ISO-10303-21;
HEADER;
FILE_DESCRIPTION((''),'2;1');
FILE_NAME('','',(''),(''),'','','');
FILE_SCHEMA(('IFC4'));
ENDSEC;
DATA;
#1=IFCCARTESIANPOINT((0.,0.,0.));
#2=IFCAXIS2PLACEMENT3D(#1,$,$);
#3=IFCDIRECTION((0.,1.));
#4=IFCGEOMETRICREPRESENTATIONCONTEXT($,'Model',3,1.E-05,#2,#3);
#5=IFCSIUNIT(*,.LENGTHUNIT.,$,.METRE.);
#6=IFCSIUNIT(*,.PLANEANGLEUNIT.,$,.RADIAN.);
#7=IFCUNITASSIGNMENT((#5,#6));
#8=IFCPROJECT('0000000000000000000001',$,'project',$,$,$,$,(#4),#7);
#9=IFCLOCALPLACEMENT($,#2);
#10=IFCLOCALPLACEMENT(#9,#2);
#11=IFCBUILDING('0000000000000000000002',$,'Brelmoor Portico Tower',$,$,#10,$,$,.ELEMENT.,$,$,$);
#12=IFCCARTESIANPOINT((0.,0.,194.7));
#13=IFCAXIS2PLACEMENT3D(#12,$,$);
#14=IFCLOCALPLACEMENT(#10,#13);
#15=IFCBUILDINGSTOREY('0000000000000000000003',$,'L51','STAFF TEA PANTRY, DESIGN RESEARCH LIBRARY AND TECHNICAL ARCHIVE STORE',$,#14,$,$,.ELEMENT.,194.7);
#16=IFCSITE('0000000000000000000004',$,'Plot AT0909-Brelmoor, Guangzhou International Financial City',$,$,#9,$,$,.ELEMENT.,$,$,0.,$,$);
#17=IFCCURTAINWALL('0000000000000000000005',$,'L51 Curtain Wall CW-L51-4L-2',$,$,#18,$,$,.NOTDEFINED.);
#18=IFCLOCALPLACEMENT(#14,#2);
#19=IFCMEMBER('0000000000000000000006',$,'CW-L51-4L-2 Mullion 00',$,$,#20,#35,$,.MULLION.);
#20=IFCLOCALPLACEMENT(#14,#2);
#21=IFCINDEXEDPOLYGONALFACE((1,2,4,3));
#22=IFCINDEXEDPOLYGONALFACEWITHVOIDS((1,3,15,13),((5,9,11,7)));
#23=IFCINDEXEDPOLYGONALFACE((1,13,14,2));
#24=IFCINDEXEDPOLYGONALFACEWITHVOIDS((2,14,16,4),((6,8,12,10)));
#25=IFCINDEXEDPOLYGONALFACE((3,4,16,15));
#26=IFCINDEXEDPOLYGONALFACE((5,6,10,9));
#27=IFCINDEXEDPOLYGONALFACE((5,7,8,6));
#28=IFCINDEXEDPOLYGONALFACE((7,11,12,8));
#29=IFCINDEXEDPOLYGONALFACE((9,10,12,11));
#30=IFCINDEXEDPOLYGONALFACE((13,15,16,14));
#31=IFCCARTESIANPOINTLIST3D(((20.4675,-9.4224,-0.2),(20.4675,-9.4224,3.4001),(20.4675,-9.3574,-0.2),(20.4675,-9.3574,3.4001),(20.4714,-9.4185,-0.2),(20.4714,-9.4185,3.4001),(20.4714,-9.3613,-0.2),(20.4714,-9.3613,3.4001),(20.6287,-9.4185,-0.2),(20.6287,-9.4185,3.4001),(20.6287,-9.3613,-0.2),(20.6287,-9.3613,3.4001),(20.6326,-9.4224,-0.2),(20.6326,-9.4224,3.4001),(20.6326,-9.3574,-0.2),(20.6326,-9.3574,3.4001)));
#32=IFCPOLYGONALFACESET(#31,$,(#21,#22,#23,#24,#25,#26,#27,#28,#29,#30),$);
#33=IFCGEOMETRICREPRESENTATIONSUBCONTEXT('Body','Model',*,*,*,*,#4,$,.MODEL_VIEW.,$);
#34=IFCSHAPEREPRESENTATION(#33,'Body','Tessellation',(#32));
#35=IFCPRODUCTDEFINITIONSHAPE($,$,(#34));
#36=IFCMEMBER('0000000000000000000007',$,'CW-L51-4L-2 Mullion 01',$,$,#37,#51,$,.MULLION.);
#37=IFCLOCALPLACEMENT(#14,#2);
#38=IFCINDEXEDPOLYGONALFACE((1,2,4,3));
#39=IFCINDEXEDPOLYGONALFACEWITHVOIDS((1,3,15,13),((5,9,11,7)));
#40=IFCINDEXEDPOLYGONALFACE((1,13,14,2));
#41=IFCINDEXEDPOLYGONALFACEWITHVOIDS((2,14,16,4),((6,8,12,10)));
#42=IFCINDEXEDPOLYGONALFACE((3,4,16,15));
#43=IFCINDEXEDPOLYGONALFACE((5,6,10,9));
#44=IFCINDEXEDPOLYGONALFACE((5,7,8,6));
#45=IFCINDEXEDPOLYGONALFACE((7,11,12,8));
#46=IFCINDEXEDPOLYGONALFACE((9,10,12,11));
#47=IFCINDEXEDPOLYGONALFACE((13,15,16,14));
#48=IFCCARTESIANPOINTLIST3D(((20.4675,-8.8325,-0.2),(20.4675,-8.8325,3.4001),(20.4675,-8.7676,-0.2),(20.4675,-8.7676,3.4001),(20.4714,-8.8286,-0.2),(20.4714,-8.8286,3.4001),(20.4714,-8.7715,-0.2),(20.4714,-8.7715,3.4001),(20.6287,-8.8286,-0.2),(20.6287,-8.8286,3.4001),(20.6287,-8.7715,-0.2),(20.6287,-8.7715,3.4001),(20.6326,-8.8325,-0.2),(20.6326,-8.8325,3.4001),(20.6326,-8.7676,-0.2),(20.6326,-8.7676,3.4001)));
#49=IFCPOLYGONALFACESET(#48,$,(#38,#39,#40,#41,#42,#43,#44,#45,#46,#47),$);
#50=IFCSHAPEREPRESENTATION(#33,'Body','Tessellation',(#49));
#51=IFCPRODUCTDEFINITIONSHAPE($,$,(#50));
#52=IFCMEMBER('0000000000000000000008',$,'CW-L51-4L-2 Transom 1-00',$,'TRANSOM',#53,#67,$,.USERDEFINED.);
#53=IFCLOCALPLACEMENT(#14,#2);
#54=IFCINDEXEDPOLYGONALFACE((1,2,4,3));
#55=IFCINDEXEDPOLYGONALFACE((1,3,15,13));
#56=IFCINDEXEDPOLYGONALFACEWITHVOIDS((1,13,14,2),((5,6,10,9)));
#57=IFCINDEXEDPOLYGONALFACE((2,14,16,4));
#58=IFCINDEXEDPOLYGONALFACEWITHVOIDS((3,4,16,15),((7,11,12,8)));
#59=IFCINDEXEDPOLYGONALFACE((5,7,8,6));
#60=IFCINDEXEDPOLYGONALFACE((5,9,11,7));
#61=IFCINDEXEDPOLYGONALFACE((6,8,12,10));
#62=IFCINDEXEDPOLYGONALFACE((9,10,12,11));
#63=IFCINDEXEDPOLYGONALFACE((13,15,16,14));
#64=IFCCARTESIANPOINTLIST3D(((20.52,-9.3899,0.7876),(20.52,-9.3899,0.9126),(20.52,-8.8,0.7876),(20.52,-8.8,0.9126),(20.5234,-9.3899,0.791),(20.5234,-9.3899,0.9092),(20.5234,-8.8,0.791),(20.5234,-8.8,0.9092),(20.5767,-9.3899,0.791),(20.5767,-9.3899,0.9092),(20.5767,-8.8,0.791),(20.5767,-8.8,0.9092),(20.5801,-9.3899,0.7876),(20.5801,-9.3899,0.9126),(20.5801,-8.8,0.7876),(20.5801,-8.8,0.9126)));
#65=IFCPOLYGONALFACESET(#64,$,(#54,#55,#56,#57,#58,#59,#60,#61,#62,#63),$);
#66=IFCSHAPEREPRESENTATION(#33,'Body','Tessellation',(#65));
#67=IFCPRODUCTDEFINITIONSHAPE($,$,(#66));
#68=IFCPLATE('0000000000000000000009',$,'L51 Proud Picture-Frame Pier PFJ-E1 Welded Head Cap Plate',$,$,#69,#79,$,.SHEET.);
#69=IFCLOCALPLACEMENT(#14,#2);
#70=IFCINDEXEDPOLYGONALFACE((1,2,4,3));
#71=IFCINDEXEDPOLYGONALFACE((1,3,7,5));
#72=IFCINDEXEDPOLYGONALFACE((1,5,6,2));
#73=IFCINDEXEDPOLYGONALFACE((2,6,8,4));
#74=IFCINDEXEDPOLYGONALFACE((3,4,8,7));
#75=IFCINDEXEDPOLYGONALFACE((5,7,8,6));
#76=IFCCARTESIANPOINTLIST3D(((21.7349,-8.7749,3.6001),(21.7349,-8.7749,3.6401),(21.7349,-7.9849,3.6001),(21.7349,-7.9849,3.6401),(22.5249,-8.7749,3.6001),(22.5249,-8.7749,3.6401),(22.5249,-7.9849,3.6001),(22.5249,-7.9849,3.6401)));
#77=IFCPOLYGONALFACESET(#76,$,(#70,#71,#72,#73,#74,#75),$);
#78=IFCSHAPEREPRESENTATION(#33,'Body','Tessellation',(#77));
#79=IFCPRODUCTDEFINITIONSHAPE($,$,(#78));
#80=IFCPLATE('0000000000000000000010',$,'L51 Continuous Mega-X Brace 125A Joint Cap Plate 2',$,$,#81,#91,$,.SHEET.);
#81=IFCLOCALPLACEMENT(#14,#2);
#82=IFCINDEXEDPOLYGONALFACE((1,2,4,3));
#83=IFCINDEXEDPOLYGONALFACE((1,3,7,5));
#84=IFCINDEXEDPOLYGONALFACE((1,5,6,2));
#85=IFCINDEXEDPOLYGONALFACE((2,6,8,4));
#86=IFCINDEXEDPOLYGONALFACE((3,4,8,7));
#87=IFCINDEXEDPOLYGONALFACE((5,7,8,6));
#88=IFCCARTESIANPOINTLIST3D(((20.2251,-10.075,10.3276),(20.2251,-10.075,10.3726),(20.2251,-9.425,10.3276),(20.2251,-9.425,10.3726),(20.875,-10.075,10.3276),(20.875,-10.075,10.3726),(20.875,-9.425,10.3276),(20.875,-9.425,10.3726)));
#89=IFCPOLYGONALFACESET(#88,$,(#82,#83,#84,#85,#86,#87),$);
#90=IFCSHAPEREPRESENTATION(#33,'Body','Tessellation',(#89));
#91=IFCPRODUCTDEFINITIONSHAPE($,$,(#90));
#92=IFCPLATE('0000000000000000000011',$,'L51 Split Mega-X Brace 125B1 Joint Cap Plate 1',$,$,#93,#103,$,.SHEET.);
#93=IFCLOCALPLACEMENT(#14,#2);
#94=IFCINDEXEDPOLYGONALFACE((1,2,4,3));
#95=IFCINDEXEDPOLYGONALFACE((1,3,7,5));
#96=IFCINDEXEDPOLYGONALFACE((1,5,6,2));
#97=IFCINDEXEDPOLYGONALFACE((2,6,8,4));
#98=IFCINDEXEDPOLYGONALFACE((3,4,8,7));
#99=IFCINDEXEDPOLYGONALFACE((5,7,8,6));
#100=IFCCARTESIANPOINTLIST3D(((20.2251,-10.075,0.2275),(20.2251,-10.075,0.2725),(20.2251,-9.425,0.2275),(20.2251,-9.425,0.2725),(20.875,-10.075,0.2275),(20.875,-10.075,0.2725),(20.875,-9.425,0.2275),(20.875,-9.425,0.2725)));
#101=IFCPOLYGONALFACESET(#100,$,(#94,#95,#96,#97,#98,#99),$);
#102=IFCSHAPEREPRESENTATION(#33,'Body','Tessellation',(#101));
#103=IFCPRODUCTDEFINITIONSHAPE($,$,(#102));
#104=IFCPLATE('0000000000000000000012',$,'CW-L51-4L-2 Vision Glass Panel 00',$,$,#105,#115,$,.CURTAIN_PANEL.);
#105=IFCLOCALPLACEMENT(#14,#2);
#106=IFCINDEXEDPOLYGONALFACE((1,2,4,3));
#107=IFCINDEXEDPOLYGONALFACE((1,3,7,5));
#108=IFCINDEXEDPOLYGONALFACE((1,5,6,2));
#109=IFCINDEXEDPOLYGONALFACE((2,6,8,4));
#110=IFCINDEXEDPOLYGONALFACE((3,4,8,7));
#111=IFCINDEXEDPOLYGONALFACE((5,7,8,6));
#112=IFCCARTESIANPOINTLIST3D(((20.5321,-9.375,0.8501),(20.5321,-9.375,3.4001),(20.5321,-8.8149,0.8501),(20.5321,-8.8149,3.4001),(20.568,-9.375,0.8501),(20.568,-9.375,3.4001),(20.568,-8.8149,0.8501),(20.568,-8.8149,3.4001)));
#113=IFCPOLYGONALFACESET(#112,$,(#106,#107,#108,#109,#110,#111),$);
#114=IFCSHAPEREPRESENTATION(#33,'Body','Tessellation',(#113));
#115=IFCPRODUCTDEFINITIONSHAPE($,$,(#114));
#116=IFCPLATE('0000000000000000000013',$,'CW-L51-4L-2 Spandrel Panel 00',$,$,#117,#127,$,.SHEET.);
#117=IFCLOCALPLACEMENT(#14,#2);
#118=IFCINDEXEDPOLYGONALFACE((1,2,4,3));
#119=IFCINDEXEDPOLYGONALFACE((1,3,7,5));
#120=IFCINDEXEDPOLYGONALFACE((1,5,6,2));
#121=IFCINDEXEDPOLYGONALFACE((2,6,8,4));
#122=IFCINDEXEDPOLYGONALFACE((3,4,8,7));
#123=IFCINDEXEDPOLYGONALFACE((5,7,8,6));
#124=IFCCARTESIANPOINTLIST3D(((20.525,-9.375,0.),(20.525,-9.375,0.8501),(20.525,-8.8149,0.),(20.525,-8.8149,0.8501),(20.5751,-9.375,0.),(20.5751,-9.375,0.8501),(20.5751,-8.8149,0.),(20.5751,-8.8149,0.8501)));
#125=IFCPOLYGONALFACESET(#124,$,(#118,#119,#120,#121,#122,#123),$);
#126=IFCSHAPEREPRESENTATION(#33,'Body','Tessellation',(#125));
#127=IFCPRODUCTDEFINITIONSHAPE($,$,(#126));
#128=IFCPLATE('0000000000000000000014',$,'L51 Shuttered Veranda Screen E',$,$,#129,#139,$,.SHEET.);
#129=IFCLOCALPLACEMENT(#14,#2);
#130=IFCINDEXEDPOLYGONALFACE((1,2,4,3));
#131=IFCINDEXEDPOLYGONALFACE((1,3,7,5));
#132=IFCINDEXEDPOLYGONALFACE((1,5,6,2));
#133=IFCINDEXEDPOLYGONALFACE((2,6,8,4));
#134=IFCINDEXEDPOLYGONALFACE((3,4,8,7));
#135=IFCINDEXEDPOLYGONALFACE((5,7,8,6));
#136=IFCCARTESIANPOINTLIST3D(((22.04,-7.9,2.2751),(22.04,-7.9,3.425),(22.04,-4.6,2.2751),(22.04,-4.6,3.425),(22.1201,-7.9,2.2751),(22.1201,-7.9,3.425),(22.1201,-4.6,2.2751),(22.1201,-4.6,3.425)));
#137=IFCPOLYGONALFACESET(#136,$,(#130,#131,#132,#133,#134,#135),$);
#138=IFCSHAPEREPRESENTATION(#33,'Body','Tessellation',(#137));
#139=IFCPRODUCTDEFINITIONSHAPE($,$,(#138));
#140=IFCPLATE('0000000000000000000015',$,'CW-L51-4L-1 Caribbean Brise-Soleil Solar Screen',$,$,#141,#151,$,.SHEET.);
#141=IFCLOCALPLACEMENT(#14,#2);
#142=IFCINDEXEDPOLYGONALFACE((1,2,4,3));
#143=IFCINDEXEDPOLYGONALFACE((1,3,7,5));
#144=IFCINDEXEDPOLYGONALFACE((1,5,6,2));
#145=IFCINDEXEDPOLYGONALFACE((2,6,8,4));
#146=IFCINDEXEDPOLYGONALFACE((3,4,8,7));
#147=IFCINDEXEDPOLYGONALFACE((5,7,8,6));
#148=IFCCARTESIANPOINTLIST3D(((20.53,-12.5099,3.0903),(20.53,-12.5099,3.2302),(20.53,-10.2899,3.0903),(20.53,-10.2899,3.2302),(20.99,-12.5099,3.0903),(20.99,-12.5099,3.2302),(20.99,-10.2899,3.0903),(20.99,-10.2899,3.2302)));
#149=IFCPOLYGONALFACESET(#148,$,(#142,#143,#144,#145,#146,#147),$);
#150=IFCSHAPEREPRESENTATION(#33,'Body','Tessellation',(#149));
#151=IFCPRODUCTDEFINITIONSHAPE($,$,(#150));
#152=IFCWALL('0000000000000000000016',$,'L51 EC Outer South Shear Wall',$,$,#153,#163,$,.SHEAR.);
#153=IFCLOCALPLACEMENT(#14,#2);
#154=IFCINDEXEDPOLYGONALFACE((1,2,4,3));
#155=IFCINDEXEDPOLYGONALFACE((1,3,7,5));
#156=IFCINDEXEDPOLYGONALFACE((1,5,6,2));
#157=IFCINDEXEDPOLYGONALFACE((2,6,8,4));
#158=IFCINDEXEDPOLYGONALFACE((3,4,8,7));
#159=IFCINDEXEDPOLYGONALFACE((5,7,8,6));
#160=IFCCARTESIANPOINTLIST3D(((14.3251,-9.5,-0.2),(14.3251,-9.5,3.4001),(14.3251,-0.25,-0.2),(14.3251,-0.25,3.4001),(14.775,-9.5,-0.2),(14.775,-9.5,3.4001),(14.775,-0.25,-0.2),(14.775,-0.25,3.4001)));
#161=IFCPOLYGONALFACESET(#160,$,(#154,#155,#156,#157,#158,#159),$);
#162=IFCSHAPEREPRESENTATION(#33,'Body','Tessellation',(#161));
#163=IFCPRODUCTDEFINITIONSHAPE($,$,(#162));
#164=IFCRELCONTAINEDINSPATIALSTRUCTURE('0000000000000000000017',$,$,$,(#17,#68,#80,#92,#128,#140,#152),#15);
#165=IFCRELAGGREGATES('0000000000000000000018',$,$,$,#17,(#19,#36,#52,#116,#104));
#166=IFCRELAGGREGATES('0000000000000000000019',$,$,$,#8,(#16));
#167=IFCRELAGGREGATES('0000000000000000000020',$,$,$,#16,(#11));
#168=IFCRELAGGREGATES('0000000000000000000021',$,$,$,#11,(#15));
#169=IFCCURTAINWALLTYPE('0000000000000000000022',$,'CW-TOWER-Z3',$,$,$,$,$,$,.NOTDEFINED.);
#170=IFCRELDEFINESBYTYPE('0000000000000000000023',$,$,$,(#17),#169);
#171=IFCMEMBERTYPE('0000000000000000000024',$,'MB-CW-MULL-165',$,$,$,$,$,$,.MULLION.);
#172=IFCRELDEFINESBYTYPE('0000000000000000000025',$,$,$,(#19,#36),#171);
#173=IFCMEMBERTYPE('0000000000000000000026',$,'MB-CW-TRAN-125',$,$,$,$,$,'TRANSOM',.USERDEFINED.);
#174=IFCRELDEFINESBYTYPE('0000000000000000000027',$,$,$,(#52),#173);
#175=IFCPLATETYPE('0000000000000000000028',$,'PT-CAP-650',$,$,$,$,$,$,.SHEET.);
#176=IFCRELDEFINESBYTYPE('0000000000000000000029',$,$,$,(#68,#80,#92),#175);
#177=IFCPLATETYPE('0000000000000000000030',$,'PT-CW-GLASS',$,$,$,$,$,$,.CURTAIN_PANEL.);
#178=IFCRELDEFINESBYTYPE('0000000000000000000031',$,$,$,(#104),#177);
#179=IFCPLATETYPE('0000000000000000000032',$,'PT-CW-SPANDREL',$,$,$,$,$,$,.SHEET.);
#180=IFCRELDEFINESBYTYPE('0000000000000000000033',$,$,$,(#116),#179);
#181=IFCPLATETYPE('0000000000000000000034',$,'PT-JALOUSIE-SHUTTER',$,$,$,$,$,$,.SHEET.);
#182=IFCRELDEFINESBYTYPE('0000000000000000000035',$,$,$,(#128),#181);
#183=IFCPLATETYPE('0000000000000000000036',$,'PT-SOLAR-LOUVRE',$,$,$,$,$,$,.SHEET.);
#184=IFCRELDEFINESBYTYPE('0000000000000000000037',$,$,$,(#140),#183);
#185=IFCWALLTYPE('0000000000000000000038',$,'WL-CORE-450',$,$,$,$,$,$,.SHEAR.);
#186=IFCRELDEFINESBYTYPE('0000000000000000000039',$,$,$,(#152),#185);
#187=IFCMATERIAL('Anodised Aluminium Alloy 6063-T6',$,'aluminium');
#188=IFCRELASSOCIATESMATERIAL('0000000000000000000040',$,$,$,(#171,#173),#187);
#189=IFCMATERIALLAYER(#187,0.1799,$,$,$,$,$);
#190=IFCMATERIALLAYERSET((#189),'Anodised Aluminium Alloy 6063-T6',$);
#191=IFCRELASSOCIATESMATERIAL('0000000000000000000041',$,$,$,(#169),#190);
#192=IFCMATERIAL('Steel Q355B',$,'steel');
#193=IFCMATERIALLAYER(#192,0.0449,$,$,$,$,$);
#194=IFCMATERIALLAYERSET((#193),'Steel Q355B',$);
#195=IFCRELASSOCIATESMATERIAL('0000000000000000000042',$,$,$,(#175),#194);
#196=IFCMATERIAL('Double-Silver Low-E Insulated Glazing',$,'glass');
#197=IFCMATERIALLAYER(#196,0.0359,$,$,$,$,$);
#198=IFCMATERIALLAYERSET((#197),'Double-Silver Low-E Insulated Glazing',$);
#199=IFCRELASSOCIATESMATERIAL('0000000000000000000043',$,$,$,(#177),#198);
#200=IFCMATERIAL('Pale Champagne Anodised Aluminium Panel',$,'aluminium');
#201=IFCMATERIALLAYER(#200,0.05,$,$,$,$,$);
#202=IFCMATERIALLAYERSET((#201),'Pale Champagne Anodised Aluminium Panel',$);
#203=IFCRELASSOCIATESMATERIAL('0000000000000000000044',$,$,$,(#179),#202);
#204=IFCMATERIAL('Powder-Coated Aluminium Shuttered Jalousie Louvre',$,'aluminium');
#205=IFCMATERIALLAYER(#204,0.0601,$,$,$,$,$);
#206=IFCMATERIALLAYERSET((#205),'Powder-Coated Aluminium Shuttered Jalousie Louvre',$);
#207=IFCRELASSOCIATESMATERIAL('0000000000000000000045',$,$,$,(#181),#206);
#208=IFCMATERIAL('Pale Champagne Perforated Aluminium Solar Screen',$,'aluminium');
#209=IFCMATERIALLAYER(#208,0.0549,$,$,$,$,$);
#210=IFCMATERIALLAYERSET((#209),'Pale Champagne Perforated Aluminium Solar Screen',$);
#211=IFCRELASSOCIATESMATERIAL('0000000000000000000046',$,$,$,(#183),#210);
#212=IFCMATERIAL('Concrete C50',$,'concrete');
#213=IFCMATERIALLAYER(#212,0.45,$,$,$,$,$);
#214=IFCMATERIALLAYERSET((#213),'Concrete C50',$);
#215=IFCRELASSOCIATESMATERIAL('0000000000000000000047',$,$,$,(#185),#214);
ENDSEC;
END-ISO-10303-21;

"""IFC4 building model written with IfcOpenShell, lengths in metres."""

from ifc_helpers import new_model, si_unit, direction, frame, frame_2d, origin, origin_2d, place, context, subcontext, project, spatial, rectangle, hollow_rectangle, extrude, material, layer, layer_set, material_profile, profile_set, type_object, element, aggregate, save


model = new_model("IFC4")

# Units and contexts
model_context = context("Model", 3, precision=1e-05, world=origin(), true_north=direction((0.0, 1.0)))
body_context = subcontext(model_context, "Body", "Model", "MODEL_VIEW")
ifc_project = project(units=[si_unit("LENGTHUNIT", "METRE"), si_unit("PLANEANGLEUNIT", "RADIAN")], contexts=[model_context])

# Site, building, storey
site_placement = place(None, origin())
site = spatial("IfcSite", under=ifc_project, at=site_placement, Name="Plot AT0909-Brelmoor, Guangzhou International Financial City", CompositionType="ELEMENT", RefElevation=0.0)
building_placement = place(site_placement, origin())
building = spatial("IfcBuilding", under=site, at=building_placement, Name="Brelmoor Portico Tower", CompositionType="ELEMENT")
storey_placement = place(building_placement, frame((0.0, 0.0, 194.7)))
storey = spatial("IfcBuildingStorey", under=building, at=storey_placement, Name="L51", Description="STAFF TEA PANTRY, DESIGN RESEARCH LIBRARY AND TECHNICAL ARCHIVE STORE", CompositionType="ELEMENT", Elevation=194.7)

# Shared definitions
ifc_material_1 = material(Name="Steel Q355B", Category="steel")

# Shared definitions
ifc_material_2 = material(Name="Anodised Aluminium Alloy 6063-T6", Category="aluminium")
ifc_material_profile_1 = material_profile(ifc_material_2, hollow_rectangle(XDim=0.0649, YDim=0.165, WallThickness=0.0039, at=origin_2d()), Name="ALU MULLION 65x165")
ifc_profile_set_1 = profile_set([ifc_material_profile_1], Name="Anodised Aluminium Alloy 6063-T6")
member_type_1 = type_object("IfcMemberType", Name="MB-CW-MULL-165", PredefinedType="MULLION", material=ifc_profile_set_1)

# Curtain wall, members
ifc_layer_1 = layer(ifc_material_2, 0.1799)
ifc_layer_set_1 = layer_set([ifc_layer_1], Name="Anodised Aluminium Alloy 6063-T6")
curtain_wall_type_1 = type_object("IfcCurtainWallType", Name="CW-TOWER-Z3", PredefinedType="NOTDEFINED", material=ifc_layer_set_1)
curtain_wall_1_placement = place(storey_placement, origin())
curtain_wall_1 = element("IfcCurtainWall", 1, at=curtain_wall_1_placement, inside=storey, type_object=curtain_wall_type_1, Name="L51 Curtain Wall CW-L51-4L-2", PredefinedType="NOTDEFINED")
member_1_placement = place(storey_placement, frame((20.55, -9.3899, -0.2), z_axis=(0.0, 0.0, 1.0), x_axis=(0.0, 1.0, 0.0)))
member_1 = element("IfcMember", 2, at=member_1_placement, type_object=member_type_1, Name="CW-L51-4L-2 Mullion 00", PredefinedType="MULLION", context=body_context, shape_type="SweptSolid", body=[
    extrude(hollow_rectangle(XDim=0.0649, YDim=0.165, WallThickness=0.0039, at=origin_2d()), origin(), (0.0, 0.0, 1.0), 3.6001),
])
member_2_placement = place(storey_placement, frame((20.55, -8.8, -0.2), z_axis=(0.0, 0.0, 1.0), x_axis=(0.0, 1.0, 0.0)))
member_2 = element("IfcMember", 3, at=member_2_placement, type_object=member_type_1, Name="CW-L51-4L-2 Mullion 01", PredefinedType="MULLION", context=body_context, shape_type="SweptSolid", body=[
    extrude(hollow_rectangle(XDim=0.0649, YDim=0.165, WallThickness=0.0039, at=origin_2d()), origin(), (0.0, 0.0, 1.0), 3.6001),
])
ifc_material_profile_2 = material_profile(ifc_material_2, hollow_rectangle(XDim=0.0601, YDim=0.125, WallThickness=0.0034, at=origin_2d()), Name="ALU TRANSOM 60x125")
ifc_profile_set_2 = profile_set([ifc_material_profile_2], Name="Anodised Aluminium Alloy 6063-T6")
member_type_2 = type_object("IfcMemberType", Name="MB-CW-TRAN-125", ElementType="TRANSOM", PredefinedType="USERDEFINED", material=ifc_profile_set_2)
member_3_placement = place(storey_placement, frame((20.55, -9.3899, 0.8501), z_axis=(0.0, 1.0, 0.0), x_axis=(-1.0, 0.0, 0.0)))
member_3 = element("IfcMember", 4, at=member_3_placement, type_object=member_type_2, Name="CW-L51-4L-2 Transom 1-00", ObjectType="TRANSOM", PredefinedType="USERDEFINED", context=body_context, shape_type="SweptSolid", body=[
    extrude(hollow_rectangle(XDim=0.0601, YDim=0.125, WallThickness=0.0034, at=origin_2d()), origin(), (0.0, 0.0, 1.0), 0.5898),
])

# Plates
ifc_layer_2 = layer(ifc_material_1, 0.0449)
ifc_layer_set_2 = layer_set([ifc_layer_2], Name="Steel Q355B")
plate_type_1 = type_object("IfcPlateType", Name="PT-CAP-650", PredefinedType="SHEET", material=ifc_layer_set_2)
plate_1_placement = place(storey_placement, frame((22.1299, -8.3799, 3.6001), z_axis=(0.0, 0.0, 1.0), x_axis=(0.0, 1.0, 0.0)))
element("IfcPlate", 5, at=plate_1_placement, inside=storey, type_object=plate_type_1, Name="L51 Proud Picture-Frame Pier PFJ-E1 Welded Head Cap Plate", PredefinedType="SHEET", context=body_context, shape_type="SweptSolid", body=[
    extrude(rectangle(XDim=0.79, YDim=0.79, at=origin_2d()), origin(), (0.0, 0.0, 1.0), 0.04),
])
for number, where, z_axis, x_axis, name in (
    (6, (20.55, -9.75, 10.3276), (0.0, 0.0, 1.0), (1.0, 0.0, 0.0), "L51 Continuous Mega-X Brace 125A Joint Cap Plate 2"),
    (7, (20.55, -9.75, 0.2275), (0.0, 0.0, 1.0), (1.0, 0.0, 0.0), "L51 Split Mega-X Brace 125B1 Joint Cap Plate 1"),
):
    element("IfcPlate", number, at=place(storey_placement, frame(where, z_axis=z_axis, x_axis=x_axis)), inside=storey, type_object=plate_type_1, Name=name, PredefinedType="SHEET", context=body_context, shape_type="SweptSolid", body=[
        extrude(rectangle(XDim=0.6499, YDim=0.6499, at=origin_2d()), origin(), (0.0, 0.0, 1.0), 0.0449),
    ])

# Plates
ifc_material_3 = material(Name="Double-Silver Low-E Insulated Glazing", Category="glass")
ifc_layer_3 = layer(ifc_material_3, 0.0359)
ifc_layer_set_3 = layer_set([ifc_layer_3], Name="Double-Silver Low-E Insulated Glazing")
plate_type_2 = type_object("IfcPlateType", Name="PT-CW-GLASS", PredefinedType="CURTAIN_PANEL", material=ifc_layer_set_3)
plate_2_placement = place(storey_placement, frame((20.55, -9.095, 0.8501), z_axis=(0.0, 0.0, 1.0), x_axis=(0.0, 1.0, 0.0)))
plate_2 = element("IfcPlate", 8, at=plate_2_placement, type_object=plate_type_2, Name="CW-L51-4L-2 Vision Glass Panel 00", PredefinedType="CURTAIN_PANEL", context=body_context, shape_type="SweptSolid", body=[
    extrude(rectangle(XDim=0.5601, YDim=0.0359, at=origin_2d()), origin(), (0.0, 0.0, 1.0), 2.55),
])
ifc_material_4 = material(Name="Pale Champagne Anodised Aluminium Panel", Category="aluminium")
ifc_layer_4 = layer(ifc_material_4, 0.05)
ifc_layer_set_4 = layer_set([ifc_layer_4], Name="Pale Champagne Anodised Aluminium Panel")
plate_type_3 = type_object("IfcPlateType", Name="PT-CW-SPANDREL", PredefinedType="SHEET", material=ifc_layer_set_4)
plate_3_placement = place(storey_placement, frame((20.55, -9.095, 0.0), z_axis=(0.0, 0.0, 1.0), x_axis=(0.0, 1.0, 0.0)))
plate_3 = element("IfcPlate", 9, at=plate_3_placement, type_object=plate_type_3, Name="CW-L51-4L-2 Spandrel Panel 00", PredefinedType="SHEET", context=body_context, shape_type="SweptSolid", body=[
    extrude(rectangle(XDim=0.5601, YDim=0.05, at=origin_2d()), origin(), (0.0, 0.0, 1.0), 0.8501),
])
aggregate(curtain_wall_1, [member_1, member_2, member_3, plate_3, plate_2])

# Plates
ifc_material_5 = material(Name="Powder-Coated Aluminium Shuttered Jalousie Louvre", Category="aluminium")
ifc_layer_5 = layer(ifc_material_5, 0.0601)
ifc_layer_set_5 = layer_set([ifc_layer_5], Name="Powder-Coated Aluminium Shuttered Jalousie Louvre")
plate_type_4 = type_object("IfcPlateType", Name="PT-JALOUSIE-SHUTTER", PredefinedType="SHEET", material=ifc_layer_set_5)
plate_4_placement = place(storey_placement, frame((22.0801, -6.25, 2.2751), z_axis=(0.0, 0.0, 1.0), x_axis=(0.0, 1.0, 0.0)))
element("IfcPlate", 10, at=plate_4_placement, inside=storey, type_object=plate_type_4, Name="L51 Shuttered Veranda Screen E", PredefinedType="SHEET", context=body_context, shape_type="SweptSolid", body=[
    extrude(rectangle(XDim=3.3, YDim=0.0801, at=origin_2d()), origin(), (0.0, 0.0, 1.0), 1.1499),
])
ifc_material_6 = material(Name="Pale Champagne Perforated Aluminium Solar Screen", Category="aluminium")
ifc_layer_6 = layer(ifc_material_6, 0.0549)
ifc_layer_set_6 = layer_set([ifc_layer_6], Name="Pale Champagne Perforated Aluminium Solar Screen")
plate_type_5 = type_object("IfcPlateType", Name="PT-SOLAR-LOUVRE", PredefinedType="SHEET", material=ifc_layer_set_6)
plate_5_placement = place(storey_placement, frame((20.76, -11.3999, 3.0903), z_axis=(0.0, 0.0, 1.0), x_axis=(0.0, 1.0, 0.0)))
element("IfcPlate", 11, at=plate_5_placement, inside=storey, type_object=plate_type_5, Name="CW-L51-4L-1 Caribbean Brise-Soleil Solar Screen", PredefinedType="SHEET", context=body_context, shape_type="SweptSolid", body=[
    extrude(rectangle(XDim=2.22, YDim=0.46, at=origin_2d()), origin(), (0.0, 0.0, 1.0), 0.1399),
])

# Wall
ifc_material_7 = material(Name="Concrete C50", Category="concrete")
ifc_layer_7 = layer(ifc_material_7, 0.45)
ifc_layer_set_7 = layer_set([ifc_layer_7], Name="Concrete C50")
wall_type_1 = type_object("IfcWallType", Name="WL-CORE-450", PredefinedType="SHEAR", material=ifc_layer_set_7)
wall_1_placement = place(storey_placement, frame((14.55, -9.5, -0.2), z_axis=(0.0, 0.0, 1.0), x_axis=(0.0, 1.0, 0.0)))
element("IfcWall", 12, at=wall_1_placement, inside=storey, type_object=wall_type_1, Name="L51 EC Outer South Shear Wall", PredefinedType="SHEAR", context=body_context, shape_type="SweptSolid", body=[
    extrude(rectangle(XDim=9.25, YDim=0.45, at=frame_2d((4.625, 0.0))), origin(), (0.0, 0.0, 1.0), 3.6001),
])

save(model, "model.ifc")
